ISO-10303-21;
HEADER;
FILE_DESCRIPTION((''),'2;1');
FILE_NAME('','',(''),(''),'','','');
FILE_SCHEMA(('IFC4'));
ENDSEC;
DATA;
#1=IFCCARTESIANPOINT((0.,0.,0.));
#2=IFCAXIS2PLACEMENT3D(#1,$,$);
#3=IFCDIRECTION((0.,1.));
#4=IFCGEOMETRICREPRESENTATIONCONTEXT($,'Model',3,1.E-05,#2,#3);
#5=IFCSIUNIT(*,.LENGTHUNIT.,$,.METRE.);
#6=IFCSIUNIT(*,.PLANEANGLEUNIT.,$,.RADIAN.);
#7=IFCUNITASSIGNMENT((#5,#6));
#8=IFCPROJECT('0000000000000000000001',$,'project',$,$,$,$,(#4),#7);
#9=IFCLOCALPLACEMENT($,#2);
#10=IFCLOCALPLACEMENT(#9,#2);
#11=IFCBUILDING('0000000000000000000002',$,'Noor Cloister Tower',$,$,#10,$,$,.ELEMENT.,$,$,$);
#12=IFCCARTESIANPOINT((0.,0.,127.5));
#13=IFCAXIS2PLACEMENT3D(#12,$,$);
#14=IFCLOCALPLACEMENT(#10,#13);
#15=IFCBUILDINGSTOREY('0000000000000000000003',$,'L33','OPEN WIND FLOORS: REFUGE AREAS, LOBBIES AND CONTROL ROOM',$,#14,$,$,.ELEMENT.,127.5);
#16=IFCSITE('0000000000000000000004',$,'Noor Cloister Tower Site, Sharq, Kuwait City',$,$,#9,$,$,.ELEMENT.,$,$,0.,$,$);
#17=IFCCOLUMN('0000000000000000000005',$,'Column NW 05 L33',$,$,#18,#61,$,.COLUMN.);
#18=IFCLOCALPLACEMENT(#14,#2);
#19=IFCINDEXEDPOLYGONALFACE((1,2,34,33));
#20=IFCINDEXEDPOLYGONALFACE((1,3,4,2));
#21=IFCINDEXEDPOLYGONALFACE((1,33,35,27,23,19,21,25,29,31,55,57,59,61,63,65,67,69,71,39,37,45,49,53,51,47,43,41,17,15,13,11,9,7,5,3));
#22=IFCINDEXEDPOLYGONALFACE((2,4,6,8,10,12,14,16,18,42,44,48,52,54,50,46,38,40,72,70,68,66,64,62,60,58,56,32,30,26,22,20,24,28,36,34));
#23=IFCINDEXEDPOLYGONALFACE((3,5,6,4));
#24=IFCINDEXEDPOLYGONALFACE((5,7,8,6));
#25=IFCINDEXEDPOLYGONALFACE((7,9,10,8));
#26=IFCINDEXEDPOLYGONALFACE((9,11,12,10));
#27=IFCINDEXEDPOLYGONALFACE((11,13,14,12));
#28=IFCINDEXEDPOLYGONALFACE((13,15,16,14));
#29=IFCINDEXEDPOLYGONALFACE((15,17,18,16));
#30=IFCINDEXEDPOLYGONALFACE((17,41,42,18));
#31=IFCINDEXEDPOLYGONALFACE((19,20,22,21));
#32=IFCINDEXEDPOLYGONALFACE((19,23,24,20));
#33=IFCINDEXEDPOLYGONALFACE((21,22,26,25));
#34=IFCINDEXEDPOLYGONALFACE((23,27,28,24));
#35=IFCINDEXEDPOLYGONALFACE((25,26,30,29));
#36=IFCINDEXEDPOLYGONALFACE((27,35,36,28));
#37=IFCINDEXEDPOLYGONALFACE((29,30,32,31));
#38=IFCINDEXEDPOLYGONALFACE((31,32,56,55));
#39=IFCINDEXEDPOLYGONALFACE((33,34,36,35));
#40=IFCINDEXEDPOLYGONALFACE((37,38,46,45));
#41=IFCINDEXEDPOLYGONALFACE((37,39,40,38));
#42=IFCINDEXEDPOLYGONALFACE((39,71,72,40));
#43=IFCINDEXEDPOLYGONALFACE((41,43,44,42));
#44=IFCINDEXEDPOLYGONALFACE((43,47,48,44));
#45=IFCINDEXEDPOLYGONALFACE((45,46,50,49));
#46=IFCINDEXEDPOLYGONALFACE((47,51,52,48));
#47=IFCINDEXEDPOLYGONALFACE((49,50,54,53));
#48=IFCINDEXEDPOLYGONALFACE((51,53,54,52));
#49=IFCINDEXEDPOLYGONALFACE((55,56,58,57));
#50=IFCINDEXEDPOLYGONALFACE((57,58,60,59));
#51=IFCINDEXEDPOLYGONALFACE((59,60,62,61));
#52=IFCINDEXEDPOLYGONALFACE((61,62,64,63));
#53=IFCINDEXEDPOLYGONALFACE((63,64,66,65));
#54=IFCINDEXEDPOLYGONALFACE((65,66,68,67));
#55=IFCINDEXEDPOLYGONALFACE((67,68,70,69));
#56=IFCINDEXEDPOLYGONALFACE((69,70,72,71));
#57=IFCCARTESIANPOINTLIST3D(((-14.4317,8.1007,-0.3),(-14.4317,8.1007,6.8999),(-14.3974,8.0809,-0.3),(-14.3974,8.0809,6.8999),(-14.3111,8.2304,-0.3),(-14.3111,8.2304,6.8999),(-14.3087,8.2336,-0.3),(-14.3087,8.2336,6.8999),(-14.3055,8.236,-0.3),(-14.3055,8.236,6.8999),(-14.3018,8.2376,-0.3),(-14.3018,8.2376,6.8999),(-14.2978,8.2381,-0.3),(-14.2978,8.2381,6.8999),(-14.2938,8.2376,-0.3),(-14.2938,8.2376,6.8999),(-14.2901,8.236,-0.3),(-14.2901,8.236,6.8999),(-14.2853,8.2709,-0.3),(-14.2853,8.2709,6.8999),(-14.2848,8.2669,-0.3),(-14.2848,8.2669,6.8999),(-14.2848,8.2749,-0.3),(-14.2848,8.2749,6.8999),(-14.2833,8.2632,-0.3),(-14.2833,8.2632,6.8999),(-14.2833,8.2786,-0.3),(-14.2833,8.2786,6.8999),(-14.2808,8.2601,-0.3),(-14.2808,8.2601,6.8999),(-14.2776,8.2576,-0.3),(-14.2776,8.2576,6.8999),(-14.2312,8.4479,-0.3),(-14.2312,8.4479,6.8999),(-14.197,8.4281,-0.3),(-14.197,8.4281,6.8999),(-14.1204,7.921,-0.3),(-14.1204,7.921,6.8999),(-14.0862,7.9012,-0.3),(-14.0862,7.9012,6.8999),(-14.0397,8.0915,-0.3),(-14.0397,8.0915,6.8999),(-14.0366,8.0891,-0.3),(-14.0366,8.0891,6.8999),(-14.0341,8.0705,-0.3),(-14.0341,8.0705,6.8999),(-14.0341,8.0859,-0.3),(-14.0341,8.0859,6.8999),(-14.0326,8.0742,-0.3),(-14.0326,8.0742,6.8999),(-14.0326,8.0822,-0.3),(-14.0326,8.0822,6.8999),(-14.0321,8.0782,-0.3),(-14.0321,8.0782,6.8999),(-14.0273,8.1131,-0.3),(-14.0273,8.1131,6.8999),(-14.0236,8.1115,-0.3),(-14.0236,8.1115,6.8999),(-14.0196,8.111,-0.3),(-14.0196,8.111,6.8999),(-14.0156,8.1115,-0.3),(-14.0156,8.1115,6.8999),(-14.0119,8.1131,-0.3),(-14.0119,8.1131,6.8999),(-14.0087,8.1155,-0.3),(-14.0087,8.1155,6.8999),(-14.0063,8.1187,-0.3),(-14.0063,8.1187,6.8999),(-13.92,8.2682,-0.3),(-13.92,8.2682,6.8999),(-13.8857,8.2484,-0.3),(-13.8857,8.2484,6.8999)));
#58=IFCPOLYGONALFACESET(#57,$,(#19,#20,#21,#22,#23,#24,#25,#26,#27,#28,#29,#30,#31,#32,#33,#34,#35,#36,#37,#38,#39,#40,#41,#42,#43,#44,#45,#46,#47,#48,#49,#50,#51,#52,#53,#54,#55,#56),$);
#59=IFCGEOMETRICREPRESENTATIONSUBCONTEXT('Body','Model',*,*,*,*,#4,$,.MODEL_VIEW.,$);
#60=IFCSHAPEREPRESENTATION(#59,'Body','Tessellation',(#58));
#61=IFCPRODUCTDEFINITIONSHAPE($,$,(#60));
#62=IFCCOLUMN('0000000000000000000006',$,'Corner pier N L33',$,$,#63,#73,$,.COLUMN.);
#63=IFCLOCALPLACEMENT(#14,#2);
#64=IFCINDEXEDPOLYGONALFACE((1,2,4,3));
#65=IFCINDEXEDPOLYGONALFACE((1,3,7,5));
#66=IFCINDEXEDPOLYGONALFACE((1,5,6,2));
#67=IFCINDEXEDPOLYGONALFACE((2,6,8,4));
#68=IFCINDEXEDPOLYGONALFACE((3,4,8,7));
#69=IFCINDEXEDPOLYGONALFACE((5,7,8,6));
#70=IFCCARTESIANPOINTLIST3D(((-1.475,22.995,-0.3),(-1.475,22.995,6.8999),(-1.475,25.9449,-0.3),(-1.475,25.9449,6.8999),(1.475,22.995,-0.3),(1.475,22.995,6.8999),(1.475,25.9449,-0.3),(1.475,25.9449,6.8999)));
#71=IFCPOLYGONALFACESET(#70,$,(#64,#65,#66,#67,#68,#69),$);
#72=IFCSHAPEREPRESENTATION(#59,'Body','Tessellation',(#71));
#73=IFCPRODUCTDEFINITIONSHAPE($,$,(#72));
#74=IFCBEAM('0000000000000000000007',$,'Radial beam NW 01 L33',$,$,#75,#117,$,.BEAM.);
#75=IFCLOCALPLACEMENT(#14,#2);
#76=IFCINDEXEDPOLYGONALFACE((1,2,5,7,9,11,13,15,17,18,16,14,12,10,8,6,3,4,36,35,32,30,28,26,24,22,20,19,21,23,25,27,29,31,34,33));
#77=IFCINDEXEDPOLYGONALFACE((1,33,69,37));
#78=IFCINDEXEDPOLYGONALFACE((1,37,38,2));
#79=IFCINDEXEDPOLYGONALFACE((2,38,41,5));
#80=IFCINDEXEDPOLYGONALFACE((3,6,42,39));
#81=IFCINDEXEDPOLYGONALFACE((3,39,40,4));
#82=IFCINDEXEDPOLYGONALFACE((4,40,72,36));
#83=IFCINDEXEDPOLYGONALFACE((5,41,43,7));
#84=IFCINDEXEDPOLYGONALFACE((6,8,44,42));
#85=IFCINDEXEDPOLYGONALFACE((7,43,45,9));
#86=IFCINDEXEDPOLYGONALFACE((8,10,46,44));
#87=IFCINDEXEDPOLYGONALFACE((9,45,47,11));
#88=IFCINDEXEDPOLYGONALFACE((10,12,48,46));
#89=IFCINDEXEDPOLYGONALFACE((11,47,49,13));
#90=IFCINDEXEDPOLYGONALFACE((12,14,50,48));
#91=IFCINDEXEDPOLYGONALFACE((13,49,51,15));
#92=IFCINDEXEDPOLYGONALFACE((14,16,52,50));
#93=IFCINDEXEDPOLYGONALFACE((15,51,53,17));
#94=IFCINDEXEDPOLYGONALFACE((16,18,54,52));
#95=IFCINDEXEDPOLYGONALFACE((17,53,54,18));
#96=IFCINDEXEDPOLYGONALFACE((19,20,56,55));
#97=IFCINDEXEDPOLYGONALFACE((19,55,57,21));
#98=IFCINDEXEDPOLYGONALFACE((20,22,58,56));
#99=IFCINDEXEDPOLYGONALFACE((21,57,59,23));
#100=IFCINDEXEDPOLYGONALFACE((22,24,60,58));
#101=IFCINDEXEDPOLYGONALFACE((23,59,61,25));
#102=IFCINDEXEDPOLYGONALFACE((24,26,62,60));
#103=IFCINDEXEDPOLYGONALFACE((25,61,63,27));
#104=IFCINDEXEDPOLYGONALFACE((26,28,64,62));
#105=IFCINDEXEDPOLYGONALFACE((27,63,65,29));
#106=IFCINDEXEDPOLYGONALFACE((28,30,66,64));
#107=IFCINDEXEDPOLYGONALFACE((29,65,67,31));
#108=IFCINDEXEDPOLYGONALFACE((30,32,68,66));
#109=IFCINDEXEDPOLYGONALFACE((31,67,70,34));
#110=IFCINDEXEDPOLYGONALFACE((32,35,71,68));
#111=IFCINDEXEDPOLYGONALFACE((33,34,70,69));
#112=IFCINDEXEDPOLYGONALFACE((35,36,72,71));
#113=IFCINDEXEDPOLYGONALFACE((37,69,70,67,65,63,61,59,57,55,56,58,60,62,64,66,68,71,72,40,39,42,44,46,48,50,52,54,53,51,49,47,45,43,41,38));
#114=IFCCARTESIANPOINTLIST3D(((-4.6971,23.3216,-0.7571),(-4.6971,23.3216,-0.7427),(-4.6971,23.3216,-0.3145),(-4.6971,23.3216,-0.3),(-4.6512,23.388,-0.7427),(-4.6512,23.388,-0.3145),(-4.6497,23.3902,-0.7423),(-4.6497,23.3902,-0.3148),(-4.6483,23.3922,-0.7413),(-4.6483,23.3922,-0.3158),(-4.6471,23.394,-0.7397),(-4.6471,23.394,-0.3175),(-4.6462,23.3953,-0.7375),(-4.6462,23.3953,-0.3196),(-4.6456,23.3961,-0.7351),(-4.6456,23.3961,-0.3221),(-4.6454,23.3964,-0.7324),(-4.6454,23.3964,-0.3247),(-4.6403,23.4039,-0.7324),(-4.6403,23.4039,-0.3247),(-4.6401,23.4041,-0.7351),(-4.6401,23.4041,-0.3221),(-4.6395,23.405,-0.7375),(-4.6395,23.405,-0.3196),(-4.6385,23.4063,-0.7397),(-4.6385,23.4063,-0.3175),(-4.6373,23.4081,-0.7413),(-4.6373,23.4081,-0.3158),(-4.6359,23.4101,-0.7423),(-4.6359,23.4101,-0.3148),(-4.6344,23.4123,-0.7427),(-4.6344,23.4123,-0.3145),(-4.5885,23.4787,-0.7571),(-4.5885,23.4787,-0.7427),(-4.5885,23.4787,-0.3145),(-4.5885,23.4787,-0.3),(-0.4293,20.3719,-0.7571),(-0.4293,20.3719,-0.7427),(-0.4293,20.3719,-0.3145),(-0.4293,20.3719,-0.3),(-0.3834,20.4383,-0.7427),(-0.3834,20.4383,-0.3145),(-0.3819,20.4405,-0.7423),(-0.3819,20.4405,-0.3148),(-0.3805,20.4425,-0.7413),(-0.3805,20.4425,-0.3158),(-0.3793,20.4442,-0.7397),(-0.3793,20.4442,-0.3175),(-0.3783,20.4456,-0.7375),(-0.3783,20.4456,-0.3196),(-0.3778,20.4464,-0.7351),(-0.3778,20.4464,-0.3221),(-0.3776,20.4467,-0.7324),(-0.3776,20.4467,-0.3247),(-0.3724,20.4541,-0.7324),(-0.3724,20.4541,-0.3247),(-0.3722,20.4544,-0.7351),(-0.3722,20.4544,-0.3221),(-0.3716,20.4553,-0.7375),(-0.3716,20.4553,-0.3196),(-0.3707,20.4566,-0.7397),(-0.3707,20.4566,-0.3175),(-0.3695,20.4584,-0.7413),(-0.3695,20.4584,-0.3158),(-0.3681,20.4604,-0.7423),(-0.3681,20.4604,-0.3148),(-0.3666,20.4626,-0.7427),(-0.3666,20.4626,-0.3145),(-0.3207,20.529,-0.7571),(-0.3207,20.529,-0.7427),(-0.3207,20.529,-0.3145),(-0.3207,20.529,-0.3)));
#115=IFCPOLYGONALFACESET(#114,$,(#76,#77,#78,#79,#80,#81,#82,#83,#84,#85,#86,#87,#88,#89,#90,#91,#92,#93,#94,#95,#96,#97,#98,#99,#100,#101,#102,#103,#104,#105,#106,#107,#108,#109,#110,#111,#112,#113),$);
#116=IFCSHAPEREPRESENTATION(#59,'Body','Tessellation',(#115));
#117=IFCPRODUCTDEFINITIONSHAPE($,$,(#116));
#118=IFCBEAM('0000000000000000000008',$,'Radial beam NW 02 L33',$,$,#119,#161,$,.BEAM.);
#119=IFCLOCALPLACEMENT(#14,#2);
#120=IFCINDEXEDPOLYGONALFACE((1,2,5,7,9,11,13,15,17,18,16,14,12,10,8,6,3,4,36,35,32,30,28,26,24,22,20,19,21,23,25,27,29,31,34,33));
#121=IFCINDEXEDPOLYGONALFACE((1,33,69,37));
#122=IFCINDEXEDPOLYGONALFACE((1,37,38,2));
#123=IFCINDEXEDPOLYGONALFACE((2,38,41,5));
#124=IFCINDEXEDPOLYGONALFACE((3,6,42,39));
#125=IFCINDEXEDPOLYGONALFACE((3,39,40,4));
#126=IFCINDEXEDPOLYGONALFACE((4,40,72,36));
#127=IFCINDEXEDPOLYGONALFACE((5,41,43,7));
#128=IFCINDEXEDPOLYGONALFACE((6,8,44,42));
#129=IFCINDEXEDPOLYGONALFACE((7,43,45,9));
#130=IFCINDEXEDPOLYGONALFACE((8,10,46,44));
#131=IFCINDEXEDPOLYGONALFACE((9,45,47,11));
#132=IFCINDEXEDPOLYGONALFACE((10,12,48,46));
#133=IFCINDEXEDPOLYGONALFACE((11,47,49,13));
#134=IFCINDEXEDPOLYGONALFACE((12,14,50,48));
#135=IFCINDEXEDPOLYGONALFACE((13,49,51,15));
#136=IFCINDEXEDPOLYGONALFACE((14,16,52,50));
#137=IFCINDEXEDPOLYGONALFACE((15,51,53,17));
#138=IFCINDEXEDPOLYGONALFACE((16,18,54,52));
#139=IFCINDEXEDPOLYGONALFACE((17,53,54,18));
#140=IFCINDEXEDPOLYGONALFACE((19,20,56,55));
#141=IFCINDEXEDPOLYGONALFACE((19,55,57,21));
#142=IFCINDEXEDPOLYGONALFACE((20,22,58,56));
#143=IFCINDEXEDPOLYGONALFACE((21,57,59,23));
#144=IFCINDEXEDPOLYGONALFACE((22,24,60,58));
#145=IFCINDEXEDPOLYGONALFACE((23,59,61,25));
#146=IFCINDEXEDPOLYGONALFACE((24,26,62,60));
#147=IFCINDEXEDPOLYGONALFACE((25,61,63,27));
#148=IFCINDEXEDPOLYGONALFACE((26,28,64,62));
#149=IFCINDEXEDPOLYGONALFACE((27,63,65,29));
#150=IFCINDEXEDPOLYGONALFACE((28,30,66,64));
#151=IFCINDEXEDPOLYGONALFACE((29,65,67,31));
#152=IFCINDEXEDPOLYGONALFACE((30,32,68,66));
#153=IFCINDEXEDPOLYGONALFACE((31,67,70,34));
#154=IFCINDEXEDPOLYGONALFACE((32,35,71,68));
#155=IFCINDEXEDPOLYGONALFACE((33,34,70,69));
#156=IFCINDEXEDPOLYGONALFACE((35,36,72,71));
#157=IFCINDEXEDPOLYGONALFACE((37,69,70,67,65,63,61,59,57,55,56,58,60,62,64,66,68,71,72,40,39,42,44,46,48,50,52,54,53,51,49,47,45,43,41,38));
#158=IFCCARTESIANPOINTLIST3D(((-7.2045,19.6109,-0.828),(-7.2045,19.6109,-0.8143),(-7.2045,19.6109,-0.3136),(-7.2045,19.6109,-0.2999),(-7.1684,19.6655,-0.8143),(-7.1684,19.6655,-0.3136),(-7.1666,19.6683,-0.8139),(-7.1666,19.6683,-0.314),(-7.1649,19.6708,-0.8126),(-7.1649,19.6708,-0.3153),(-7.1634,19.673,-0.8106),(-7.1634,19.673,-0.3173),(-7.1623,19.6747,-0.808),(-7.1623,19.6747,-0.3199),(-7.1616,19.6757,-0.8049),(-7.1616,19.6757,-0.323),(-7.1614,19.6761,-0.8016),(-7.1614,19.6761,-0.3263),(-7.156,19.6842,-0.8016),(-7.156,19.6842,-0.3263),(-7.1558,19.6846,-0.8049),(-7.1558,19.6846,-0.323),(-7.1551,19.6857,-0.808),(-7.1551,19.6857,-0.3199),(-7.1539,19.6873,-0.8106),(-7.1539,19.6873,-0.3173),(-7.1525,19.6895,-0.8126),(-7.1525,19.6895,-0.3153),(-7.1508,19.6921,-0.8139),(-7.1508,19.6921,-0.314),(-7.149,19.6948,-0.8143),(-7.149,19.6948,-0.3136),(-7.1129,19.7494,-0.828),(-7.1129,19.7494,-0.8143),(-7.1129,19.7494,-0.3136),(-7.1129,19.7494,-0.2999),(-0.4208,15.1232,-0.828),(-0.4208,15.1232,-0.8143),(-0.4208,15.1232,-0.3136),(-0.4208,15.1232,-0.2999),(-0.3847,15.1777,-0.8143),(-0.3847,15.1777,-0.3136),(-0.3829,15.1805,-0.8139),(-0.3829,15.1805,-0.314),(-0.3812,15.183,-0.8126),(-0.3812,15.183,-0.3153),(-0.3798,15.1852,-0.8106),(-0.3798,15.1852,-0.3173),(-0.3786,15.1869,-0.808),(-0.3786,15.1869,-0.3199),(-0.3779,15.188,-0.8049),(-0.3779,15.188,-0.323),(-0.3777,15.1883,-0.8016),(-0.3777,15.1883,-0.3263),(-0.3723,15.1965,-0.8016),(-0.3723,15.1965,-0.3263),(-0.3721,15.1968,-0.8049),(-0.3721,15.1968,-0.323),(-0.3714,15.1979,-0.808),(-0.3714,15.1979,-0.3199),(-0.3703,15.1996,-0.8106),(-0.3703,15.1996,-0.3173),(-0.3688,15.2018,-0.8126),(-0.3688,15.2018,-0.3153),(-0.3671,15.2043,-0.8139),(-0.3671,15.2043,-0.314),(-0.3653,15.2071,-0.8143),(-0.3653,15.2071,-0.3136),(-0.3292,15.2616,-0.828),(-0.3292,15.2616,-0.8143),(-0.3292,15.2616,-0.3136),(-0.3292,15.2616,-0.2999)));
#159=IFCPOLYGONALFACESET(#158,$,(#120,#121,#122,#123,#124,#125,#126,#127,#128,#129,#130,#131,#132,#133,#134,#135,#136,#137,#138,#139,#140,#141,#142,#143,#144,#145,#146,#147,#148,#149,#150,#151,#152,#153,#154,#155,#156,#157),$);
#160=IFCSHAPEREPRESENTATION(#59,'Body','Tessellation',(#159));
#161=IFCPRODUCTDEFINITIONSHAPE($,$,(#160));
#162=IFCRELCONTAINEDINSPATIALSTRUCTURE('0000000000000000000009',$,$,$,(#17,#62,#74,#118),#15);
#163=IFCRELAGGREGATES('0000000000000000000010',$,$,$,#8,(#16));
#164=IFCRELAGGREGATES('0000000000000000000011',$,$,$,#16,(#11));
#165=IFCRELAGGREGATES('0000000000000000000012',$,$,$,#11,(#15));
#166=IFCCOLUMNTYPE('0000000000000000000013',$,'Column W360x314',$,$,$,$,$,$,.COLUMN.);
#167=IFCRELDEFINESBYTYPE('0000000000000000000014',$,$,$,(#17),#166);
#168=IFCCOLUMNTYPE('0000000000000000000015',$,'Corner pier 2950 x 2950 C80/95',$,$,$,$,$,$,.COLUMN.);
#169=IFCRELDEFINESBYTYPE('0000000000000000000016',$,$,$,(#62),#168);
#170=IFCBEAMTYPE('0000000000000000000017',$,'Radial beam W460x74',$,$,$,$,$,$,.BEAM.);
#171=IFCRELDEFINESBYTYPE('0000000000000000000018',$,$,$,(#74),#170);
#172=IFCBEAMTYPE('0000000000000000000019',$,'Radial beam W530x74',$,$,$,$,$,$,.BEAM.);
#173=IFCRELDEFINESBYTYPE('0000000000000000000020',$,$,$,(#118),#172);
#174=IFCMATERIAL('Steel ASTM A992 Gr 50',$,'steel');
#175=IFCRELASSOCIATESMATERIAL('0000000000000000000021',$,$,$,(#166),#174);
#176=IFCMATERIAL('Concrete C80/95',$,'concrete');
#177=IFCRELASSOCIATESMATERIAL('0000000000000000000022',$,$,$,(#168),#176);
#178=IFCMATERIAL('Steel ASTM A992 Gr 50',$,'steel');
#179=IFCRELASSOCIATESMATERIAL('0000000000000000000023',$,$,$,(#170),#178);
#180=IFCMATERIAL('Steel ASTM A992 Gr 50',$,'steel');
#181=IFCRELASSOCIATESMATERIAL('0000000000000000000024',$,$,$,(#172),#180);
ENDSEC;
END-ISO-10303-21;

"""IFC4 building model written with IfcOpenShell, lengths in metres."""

from ifc_helpers import new_model, si_unit, direction, frame, origin, origin_2d, place, context, subcontext, project, spatial, rectangle, i_section, extrude, material, material_profile, profile_set, type_object, element, save


model = new_model("IFC4")

# Units and contexts
model_context = context("Model", 3, precision=1e-05, world=origin(), true_north=direction((0.0, 1.0)))
body_context = subcontext(model_context, "Body", "Model", "MODEL_VIEW")
ifc_project = project(units=[si_unit("LENGTHUNIT", "METRE"), si_unit("PLANEANGLEUNIT", "RADIAN")], contexts=[model_context])

# Site, building, storey
site_placement = place(None, origin())
site = spatial("IfcSite", under=ifc_project, at=site_placement, Name="Noor Cloister Tower Site, Sharq, Kuwait City", CompositionType="ELEMENT", RefElevation=0.0)
building_placement = place(site_placement, origin())
building = spatial("IfcBuilding", under=site, at=building_placement, Name="Noor Cloister Tower", CompositionType="ELEMENT")
storey_placement = place(building_placement, frame((0.0, 0.0, 127.5)))
storey = spatial("IfcBuildingStorey", under=building, at=storey_placement, Name="L33", Description="OPEN WIND FLOORS: REFUGE AREAS, LOBBIES AND CONTROL ROOM", CompositionType="ELEMENT", Elevation=127.5)

# Columns
ifc_material_1 = material(Name="Steel ASTM A992 Gr 50", Category="steel")
ifc_material_profile_1 = material_profile(ifc_material_1, i_section(OverallWidth=0.4009, OverallDepth=0.3989, WebThickness=0.0249, FlangeThickness=0.0396, FilletRadius=0.0154, at=origin_2d()), Name="W360x314")
ifc_profile_set_1 = profile_set([ifc_material_profile_1], Name="Steel ASTM A992 Gr 50")
column_type_1 = type_object("IfcColumnType", Name="Column W360x314", PredefinedType="COLUMN", material=ifc_profile_set_1)
for number, where, z_axis, x_axis, name in (
    (1, (-14.1587, 8.1746, -0.3), (0.0, 0.0, 1.0), (-0.5, -0.866025, 0.0), "Column NW 05 L33"),
):
    element("IfcColumn", number, at=place(storey_placement, frame(where, z_axis=z_axis, x_axis=x_axis)), inside=storey, type_object=column_type_1, Name=name, PredefinedType="COLUMN", context=body_context, shape_type="SweptSolid", body=[
        extrude(i_section(OverallWidth=0.4009, OverallDepth=0.3989, WebThickness=0.0249, FlangeThickness=0.0396, FilletRadius=0.0154, at=origin_2d()), origin(), (0.0, 0.0, 1.0), 7.2),
    ])
ifc_material_2 = material(Name="Concrete C80/95", Category="concrete")
ifc_material_profile_2 = material_profile(ifc_material_2, rectangle(XDim=2.95, YDim=2.95, at=origin_2d()), Name="RC 2950x2950")
ifc_profile_set_2 = profile_set([ifc_material_profile_2], Name="Concrete C80/95")
column_type_2 = type_object("IfcColumnType", Name="Corner pier 2950 x 2950 C80/95", PredefinedType="COLUMN", material=ifc_profile_set_2)
column_placement = place(storey_placement, frame((0.0, 24.47, -0.3), z_axis=(0.0, 0.0, 1.0), x_axis=(0.0, 1.0, 0.0)))
element("IfcColumn", 2, at=column_placement, inside=storey, type_object=column_type_2, Name="Corner pier N L33", PredefinedType="COLUMN", context=body_context, shape_type="SweptSolid", body=[
    extrude(rectangle(XDim=2.95, YDim=2.95, at=origin_2d()), origin(), (0.0, 0.0, 1.0), 7.2),
])

# Beams
ifc_material_3 = material(Name="Steel ASTM A992 Gr 50", Category="steel")
ifc_material_profile_3 = material_profile(ifc_material_3, i_section(OverallWidth=0.1909, OverallDepth=0.457, WebThickness=0.009, FlangeThickness=0.0144, FilletRadius=0.0103, at=origin_2d()), Name="W460x74")
ifc_profile_set_3 = profile_set([ifc_material_profile_3], Name="Steel ASTM A992 Gr 50")
beam_type_1 = type_object("IfcBeamType", Name="Radial beam W460x74", PredefinedType="BEAM", material=ifc_profile_set_3)
beam_1_placement = place(storey_placement, frame((-4.6428, 23.4001, -0.5286), z_axis=(0.822637, -0.568566, 0.0), x_axis=(0.568566, 0.822637, 0.0)))
element("IfcBeam", 3, at=beam_1_placement, inside=storey, type_object=beam_type_1, Name="Radial beam NW 01 L33", PredefinedType="BEAM", context=body_context, shape_type="SweptSolid", body=[
    extrude(i_section(OverallWidth=0.1909, OverallDepth=0.457, WebThickness=0.009, FlangeThickness=0.0144, FilletRadius=0.0103, at=origin_2d()), origin(), (0.0, 0.0, 1.0), 5.188),
])
ifc_material_4 = material(Name="Steel ASTM A992 Gr 50", Category="steel")
ifc_material_profile_4 = material_profile(ifc_material_4, i_section(OverallWidth=0.166, OverallDepth=0.5281, WebThickness=0.0098, FlangeThickness=0.0137, FilletRadius=0.0127, at=origin_2d()), Name="W530x74")
ifc_profile_set_4 = profile_set([ifc_material_profile_4], Name="Steel ASTM A992 Gr 50")
beam_type_2 = type_object("IfcBeamType", Name="Radial beam W530x74", PredefinedType="BEAM", material=ifc_profile_set_4)
beam_2_placement = place(storey_placement, frame((-7.1587, 19.6802, -0.564), z_axis=(0.834012, -0.551746, 0.0), x_axis=(0.551746, 0.834012, 0.0)))
element("IfcBeam", 4, at=beam_2_placement, inside=storey, type_object=beam_type_2, Name="Radial beam NW 02 L33", PredefinedType="BEAM", context=body_context, shape_type="SweptSolid", body=[
    extrude(i_section(OverallWidth=0.166, OverallDepth=0.5281, WebThickness=0.0098, FlangeThickness=0.0137, FilletRadius=0.0127, at=origin_2d()), origin(), (0.0, 0.0, 1.0), 8.1338),
])

save(model, "model.ifc")
